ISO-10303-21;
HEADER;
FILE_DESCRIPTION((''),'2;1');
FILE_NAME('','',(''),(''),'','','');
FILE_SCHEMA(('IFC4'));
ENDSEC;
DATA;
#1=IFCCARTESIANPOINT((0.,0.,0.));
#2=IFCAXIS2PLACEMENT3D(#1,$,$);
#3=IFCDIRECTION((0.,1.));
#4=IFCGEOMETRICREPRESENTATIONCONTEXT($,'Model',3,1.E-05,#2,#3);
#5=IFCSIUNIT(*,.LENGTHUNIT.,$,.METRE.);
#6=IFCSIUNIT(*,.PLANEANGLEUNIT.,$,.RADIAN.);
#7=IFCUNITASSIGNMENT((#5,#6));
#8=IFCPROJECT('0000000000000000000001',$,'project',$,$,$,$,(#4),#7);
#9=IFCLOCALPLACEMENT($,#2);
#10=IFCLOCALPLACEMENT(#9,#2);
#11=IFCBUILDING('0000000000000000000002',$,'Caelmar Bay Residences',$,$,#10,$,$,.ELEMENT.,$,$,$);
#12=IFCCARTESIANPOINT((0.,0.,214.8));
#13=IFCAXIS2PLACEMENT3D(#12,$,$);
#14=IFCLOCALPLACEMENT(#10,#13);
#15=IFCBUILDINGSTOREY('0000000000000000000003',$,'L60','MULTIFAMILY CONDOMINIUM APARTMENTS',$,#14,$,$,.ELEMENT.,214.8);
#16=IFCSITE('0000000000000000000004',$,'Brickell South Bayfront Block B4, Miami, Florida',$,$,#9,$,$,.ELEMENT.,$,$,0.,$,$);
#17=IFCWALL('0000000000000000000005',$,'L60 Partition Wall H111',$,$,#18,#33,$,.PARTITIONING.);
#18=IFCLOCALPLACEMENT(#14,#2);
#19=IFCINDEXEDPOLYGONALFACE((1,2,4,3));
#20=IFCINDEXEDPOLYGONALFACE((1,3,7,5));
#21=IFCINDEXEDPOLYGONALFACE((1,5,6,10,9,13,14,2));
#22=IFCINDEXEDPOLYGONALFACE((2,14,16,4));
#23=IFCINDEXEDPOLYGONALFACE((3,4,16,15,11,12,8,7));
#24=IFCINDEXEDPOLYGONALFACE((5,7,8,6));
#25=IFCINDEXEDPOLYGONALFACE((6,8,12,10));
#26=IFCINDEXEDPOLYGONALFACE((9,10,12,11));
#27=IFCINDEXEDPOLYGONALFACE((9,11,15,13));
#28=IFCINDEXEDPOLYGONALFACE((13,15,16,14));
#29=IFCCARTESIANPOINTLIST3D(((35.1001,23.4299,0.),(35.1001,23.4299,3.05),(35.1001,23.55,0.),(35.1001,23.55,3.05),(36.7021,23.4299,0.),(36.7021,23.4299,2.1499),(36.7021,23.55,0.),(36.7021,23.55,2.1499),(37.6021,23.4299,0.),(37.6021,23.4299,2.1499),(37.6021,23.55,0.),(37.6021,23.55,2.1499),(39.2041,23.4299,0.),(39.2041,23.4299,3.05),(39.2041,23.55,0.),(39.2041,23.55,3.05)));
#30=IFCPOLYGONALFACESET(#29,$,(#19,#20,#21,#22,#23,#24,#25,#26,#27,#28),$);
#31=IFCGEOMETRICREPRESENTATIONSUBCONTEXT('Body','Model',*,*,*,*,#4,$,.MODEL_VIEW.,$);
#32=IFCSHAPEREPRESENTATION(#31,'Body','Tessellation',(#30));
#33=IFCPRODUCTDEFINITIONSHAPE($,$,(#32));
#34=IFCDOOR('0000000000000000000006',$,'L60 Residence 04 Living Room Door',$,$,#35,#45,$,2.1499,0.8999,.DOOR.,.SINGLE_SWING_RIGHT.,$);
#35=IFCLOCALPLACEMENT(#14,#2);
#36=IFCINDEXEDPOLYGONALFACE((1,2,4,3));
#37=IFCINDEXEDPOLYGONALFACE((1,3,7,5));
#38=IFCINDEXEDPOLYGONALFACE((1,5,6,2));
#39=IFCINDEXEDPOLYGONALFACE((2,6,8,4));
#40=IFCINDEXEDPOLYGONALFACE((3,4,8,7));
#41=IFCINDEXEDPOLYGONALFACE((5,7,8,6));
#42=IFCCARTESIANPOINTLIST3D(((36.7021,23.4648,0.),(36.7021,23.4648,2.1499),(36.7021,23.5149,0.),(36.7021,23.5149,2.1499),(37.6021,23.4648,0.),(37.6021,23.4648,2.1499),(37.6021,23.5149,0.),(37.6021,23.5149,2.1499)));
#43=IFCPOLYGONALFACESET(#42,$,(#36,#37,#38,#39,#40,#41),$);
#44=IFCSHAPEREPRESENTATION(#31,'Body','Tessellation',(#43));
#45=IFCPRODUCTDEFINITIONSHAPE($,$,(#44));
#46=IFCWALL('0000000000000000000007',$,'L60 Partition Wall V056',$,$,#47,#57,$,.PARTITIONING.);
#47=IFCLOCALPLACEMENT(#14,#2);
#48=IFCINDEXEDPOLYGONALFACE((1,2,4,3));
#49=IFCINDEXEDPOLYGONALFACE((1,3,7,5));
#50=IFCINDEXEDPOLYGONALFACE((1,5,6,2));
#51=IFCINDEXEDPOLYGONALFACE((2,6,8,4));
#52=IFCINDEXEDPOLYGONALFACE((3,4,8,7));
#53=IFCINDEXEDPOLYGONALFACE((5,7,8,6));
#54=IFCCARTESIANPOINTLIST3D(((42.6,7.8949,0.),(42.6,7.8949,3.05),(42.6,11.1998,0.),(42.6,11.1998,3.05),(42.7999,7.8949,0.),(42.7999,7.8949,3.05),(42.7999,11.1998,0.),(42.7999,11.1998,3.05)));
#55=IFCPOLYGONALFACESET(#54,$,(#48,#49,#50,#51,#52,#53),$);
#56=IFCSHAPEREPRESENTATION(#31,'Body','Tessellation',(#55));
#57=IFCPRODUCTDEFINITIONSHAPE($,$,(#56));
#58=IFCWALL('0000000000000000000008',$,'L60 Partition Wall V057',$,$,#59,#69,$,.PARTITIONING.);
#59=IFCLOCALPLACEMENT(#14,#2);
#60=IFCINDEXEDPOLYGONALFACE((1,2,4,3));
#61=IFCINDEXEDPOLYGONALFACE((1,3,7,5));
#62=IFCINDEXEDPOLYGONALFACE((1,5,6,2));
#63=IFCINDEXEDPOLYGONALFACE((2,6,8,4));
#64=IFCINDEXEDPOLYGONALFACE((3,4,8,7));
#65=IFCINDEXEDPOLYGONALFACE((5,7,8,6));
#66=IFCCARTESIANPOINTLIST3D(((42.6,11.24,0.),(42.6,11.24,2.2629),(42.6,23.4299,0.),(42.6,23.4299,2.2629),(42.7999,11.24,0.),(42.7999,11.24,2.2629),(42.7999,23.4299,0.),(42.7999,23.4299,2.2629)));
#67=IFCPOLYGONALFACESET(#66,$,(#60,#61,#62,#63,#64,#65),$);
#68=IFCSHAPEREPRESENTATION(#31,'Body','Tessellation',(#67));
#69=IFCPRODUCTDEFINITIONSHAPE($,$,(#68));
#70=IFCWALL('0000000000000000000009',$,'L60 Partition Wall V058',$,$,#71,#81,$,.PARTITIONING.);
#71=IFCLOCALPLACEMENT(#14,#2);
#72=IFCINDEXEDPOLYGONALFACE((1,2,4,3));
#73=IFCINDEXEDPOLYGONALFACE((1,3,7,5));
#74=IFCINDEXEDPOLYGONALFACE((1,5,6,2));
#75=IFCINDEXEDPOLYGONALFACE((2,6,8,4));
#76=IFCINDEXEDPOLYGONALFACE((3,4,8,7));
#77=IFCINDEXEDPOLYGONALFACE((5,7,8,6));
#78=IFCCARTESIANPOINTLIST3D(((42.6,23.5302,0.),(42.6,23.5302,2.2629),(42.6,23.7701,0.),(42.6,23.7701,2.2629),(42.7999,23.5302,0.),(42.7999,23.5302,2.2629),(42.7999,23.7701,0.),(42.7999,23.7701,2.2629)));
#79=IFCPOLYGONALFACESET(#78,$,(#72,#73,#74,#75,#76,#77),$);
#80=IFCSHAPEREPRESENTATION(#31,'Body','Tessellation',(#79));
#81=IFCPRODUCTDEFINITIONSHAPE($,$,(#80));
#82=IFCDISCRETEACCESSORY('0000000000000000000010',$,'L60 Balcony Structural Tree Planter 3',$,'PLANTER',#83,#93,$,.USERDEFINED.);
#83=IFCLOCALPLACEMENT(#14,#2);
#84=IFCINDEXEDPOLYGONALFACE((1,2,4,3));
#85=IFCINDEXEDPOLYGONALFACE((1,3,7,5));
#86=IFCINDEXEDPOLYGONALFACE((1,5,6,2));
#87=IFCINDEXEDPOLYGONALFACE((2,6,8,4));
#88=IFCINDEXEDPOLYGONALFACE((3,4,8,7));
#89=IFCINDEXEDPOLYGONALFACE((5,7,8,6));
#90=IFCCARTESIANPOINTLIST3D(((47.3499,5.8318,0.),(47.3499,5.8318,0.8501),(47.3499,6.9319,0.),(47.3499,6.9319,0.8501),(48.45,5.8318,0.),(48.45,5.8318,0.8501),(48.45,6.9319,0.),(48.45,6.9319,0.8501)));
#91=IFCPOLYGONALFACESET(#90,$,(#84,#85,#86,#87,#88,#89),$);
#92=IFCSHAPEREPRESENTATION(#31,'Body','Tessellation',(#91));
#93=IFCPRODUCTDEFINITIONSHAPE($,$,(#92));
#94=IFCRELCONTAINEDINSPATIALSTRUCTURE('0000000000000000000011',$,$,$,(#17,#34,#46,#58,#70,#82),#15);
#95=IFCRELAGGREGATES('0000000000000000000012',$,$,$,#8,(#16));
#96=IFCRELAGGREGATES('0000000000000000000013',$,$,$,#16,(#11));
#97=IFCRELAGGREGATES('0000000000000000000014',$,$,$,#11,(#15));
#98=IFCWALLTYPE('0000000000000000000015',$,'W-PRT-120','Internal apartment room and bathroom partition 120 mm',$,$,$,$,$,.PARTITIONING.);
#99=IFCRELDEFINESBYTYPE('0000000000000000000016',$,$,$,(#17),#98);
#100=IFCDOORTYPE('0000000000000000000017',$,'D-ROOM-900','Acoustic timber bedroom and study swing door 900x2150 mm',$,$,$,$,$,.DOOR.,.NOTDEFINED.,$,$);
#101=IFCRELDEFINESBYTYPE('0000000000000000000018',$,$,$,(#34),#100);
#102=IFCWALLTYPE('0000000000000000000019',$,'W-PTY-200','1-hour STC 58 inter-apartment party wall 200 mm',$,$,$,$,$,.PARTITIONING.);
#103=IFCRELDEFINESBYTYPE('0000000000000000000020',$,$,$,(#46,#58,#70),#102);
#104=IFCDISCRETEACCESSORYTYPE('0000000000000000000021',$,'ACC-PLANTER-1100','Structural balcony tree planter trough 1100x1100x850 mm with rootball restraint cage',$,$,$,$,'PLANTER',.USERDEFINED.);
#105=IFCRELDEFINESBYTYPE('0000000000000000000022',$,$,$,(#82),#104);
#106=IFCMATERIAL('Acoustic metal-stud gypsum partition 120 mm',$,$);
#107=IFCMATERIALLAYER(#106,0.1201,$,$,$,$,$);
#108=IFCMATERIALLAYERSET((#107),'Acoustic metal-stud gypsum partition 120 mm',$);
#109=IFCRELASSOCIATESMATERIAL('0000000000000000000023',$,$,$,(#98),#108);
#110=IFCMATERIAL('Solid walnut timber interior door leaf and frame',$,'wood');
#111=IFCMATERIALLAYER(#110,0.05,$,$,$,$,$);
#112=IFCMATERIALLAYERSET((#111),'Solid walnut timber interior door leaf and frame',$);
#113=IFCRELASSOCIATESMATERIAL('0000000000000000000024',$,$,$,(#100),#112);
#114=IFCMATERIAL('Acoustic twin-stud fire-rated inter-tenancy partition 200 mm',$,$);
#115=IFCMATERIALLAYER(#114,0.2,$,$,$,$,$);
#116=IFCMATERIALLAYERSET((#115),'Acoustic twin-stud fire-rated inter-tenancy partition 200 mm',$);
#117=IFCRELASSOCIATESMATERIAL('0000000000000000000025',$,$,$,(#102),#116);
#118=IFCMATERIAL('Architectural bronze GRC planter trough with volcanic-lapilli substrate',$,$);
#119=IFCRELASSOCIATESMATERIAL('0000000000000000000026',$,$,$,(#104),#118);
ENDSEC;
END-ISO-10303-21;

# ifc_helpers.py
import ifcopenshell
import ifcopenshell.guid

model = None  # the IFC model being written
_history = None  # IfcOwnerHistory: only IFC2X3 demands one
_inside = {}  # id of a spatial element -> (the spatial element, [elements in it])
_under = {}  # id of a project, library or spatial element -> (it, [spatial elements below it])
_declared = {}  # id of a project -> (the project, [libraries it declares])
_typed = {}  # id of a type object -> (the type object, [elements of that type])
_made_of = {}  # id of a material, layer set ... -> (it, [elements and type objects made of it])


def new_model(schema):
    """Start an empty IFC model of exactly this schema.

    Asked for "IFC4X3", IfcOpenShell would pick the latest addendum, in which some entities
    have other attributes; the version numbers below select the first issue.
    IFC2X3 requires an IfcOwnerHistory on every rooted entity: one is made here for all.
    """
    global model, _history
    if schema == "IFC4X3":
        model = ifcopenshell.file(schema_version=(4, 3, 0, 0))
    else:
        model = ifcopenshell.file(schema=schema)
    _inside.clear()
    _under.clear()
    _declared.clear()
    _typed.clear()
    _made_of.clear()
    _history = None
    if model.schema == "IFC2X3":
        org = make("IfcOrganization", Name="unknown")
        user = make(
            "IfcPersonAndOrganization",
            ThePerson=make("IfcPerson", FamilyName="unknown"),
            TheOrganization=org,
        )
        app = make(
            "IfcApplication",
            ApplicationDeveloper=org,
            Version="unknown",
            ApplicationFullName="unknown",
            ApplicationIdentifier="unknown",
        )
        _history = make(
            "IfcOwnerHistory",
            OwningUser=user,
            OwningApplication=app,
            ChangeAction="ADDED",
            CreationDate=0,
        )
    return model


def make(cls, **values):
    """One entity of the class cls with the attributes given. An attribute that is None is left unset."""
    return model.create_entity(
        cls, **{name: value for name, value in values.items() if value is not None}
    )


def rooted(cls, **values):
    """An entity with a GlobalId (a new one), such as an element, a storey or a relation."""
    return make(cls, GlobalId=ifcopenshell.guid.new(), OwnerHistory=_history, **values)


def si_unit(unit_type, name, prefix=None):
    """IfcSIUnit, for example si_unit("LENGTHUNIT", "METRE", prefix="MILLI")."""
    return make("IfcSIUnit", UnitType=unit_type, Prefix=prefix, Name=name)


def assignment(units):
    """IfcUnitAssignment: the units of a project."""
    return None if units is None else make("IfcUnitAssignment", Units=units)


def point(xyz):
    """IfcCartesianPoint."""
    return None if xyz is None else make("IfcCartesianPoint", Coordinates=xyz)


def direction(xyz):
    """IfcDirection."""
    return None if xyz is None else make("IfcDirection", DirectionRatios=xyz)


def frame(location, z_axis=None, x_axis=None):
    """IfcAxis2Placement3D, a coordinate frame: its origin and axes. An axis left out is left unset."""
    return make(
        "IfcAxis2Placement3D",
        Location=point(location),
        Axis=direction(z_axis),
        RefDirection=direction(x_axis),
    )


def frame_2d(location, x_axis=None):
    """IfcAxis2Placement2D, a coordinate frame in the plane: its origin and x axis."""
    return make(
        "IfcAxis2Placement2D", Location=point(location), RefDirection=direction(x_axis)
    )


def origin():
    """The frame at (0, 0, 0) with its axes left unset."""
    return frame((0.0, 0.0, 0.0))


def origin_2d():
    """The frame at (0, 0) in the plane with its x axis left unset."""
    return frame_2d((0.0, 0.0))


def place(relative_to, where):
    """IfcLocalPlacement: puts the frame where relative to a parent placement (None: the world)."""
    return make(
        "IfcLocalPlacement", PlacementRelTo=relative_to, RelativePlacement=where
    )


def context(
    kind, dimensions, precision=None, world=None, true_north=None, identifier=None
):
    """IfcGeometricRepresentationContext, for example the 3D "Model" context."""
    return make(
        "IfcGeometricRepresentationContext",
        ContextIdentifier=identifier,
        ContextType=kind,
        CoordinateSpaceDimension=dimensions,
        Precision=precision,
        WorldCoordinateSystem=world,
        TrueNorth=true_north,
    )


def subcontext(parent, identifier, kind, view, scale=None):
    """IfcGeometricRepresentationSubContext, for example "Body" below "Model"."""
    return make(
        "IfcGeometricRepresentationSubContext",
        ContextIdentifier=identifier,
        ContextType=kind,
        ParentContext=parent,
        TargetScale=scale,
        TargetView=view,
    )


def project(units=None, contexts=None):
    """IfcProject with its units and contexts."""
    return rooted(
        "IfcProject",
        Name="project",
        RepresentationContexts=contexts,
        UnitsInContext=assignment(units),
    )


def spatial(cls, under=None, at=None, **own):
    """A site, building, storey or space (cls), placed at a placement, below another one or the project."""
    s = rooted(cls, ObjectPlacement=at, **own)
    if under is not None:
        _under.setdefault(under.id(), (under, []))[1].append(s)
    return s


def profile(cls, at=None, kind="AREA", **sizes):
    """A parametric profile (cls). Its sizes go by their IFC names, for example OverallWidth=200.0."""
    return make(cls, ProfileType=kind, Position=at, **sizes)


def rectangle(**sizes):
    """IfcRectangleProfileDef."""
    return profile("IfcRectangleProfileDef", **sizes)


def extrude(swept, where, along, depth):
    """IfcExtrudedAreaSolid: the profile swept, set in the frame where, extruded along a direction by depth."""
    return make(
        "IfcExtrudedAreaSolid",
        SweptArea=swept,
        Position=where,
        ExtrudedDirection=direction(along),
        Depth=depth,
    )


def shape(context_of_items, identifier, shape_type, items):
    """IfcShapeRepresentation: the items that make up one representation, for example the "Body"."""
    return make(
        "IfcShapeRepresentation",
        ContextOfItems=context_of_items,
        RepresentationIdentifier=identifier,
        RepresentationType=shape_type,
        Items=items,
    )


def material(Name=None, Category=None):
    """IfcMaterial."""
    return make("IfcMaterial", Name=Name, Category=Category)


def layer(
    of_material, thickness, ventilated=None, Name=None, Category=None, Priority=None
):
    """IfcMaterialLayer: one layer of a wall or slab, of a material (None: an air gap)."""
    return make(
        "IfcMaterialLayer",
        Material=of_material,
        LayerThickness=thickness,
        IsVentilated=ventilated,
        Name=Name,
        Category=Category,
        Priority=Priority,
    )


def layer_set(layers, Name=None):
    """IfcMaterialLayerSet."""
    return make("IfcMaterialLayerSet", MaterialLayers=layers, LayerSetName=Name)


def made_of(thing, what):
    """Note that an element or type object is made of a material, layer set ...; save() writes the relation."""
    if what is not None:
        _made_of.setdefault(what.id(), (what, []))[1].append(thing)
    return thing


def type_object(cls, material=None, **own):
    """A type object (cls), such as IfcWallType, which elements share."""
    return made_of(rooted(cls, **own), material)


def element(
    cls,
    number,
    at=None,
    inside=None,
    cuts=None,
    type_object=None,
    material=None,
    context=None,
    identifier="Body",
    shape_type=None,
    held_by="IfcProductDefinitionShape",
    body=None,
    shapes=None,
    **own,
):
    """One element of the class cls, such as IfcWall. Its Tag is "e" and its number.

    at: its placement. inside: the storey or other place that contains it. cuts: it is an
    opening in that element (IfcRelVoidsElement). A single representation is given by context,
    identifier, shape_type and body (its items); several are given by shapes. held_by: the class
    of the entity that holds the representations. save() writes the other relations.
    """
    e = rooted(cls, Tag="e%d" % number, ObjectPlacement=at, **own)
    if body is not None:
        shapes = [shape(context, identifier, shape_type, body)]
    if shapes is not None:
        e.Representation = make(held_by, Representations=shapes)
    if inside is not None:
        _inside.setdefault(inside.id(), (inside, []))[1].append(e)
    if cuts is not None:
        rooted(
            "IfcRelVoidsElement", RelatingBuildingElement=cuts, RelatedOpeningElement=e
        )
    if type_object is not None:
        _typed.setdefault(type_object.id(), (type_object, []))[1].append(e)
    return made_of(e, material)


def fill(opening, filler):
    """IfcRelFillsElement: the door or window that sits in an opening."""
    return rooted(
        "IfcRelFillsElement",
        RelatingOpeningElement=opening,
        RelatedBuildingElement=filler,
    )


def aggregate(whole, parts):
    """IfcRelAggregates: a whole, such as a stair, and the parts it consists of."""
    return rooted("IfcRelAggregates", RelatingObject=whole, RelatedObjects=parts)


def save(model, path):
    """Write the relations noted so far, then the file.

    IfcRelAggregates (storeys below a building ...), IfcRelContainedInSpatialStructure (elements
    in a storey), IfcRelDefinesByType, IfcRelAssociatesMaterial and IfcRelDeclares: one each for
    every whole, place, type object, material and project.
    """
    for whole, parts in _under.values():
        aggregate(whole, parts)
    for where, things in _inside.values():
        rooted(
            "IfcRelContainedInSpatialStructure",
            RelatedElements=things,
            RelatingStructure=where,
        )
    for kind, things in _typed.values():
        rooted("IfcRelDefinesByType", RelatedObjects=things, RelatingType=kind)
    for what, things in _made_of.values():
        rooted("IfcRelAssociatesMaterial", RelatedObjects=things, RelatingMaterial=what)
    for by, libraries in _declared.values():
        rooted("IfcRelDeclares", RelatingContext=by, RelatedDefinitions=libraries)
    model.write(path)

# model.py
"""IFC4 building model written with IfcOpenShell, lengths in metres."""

from ifc_helpers import new_model, si_unit, direction, frame, frame_2d, origin, origin_2d, place, context, subcontext, project, spatial, rectangle, extrude, material, layer, layer_set, type_object, element, fill, save


model = new_model("IFC4")

# Units and contexts
model_context = context("Model", 3, precision=1e-05, world=origin(), true_north=direction((0.0, 1.0)))
body_context = subcontext(model_context, "Body", "Model", "MODEL_VIEW")
ifc_project = project(units=[si_unit("LENGTHUNIT", "METRE"), si_unit("PLANEANGLEUNIT", "RADIAN")], contexts=[model_context])

# Site, building, storey
site_placement = place(None, origin())
site = spatial("IfcSite", under=ifc_project, at=site_placement, Name="Brickell South Bayfront Block B4, Miami, Florida", CompositionType="ELEMENT", RefElevation=0.0)
building_placement = place(site_placement, origin())
building = spatial("IfcBuilding", under=site, at=building_placement, Name="Caelmar Bay Residences", CompositionType="ELEMENT")
storey_placement = place(building_placement, frame((0.0, 0.0, 214.8)))
storey = spatial("IfcBuildingStorey", under=building, at=storey_placement, Name="L60", Description="MULTIFAMILY CONDOMINIUM APARTMENTS", CompositionType="ELEMENT", Elevation=214.8)

# Shared definitions
ifc_material_1 = material(Name="Acoustic metal-stud gypsum partition 120 mm")
ifc_layer_1 = layer(ifc_material_1, 0.1201)
ifc_layer_set_1 = layer_set([ifc_layer_1], Name="Acoustic metal-stud gypsum partition 120 mm")
wall_type_1 = type_object("IfcWallType", Name="W-PRT-120", Description="Internal apartment room and bathroom partition 120 mm", PredefinedType="PARTITIONING", material=ifc_layer_set_1)

# Wall, opening, door
ifc_material_2 = material(Name="Solid walnut timber interior door leaf and frame", Category="wood")
ifc_layer_2 = layer(ifc_material_2, 0.05)
ifc_layer_set_2 = layer_set([ifc_layer_2], Name="Solid walnut timber interior door leaf and frame")
door_type = type_object("IfcDoorType", Name="D-ROOM-900", Description="Acoustic timber bedroom and study swing door 900x2150 mm", OperationType="NOTDEFINED", PredefinedType="DOOR", material=ifc_layer_set_2)
wall_1_placement = place(storey_placement, frame((35.1001, 23.49, 0.0), z_axis=(0.0, 0.0, 1.0), x_axis=(1.0, 0.0, 0.0)))
wall_1 = element("IfcWall", 1, at=wall_1_placement, inside=storey, type_object=wall_type_1, Name="L60 Partition Wall H111", PredefinedType="PARTITIONING", context=body_context, shape_type="SweptSolid", body=[
    extrude(rectangle(XDim=4.104, YDim=0.1201, at=frame_2d((2.052, 0.0))), origin(), (0.0, 0.0, 1.0), 3.05),
])
opening_1_placement = place(wall_1_placement, frame((1.6021, 0.0, 0.0)))
opening_1 = element("IfcOpeningElement", 2, at=opening_1_placement, cuts=wall_1, PredefinedType="OPENING", context=body_context, shape_type="SweptSolid", body=[
    extrude(rectangle(XDim=0.8999, YDim=2.1499, at=frame_2d((0.45, 1.075))), frame((0.0, 0.0701, 0.0), z_axis=(0.0, -1.0, 0.0), x_axis=(1.0, 0.0, 0.0)), (0.0, 0.0, 1.0), 0.1401),
])
door_1_placement = place(opening_1_placement, origin())
door_1 = element("IfcDoor", 3, at=door_1_placement, inside=storey, type_object=door_type, Name="L60 Residence 04 Living Room Door", OperationType="SINGLE_SWING_RIGHT", OverallHeight=2.1499, OverallWidth=0.8999, PredefinedType="DOOR", context=body_context, shape_type="SweptSolid", body=[
    extrude(rectangle(XDim=0.8999, YDim=2.1499, at=frame_2d((0.45, 1.075))), frame((0.0, 0.0249, 0.0), z_axis=(0.0, -1.0, 0.0), x_axis=(1.0, 0.0, 0.0)), (0.0, 0.0, 1.0), 0.05),
])
fill(opening_1, door_1)

# Walls
ifc_material_3 = material(Name="Acoustic twin-stud fire-rated inter-tenancy partition 200 mm")
ifc_layer_3 = layer(ifc_material_3, 0.2)
ifc_layer_set_3 = layer_set([ifc_layer_3], Name="Acoustic twin-stud fire-rated inter-tenancy partition 200 mm")
wall_type_2 = type_object("IfcWallType", Name="W-PTY-200", Description="1-hour STC 58 inter-apartment party wall 200 mm", PredefinedType="PARTITIONING", material=ifc_layer_set_3)
wall_2_placement = place(storey_placement, frame((42.7, 7.895, 0.0), z_axis=(0.0, 0.0, 1.0), x_axis=(0.0, 1.0, 0.0)))
element("IfcWall", 4, at=wall_2_placement, inside=storey, type_object=wall_type_2, Name="L60 Partition Wall V056", PredefinedType="PARTITIONING", context=body_context, shape_type="SweptSolid", body=[
    extrude(rectangle(XDim=3.3049, YDim=0.2, at=frame_2d((1.6523, 0.0))), origin(), (0.0, 0.0, 1.0), 3.05),
])
wall_3_placement = place(storey_placement, frame((42.7, 11.24, 0.0), z_axis=(0.0, 0.0, 1.0), x_axis=(0.0, 1.0, 0.0)))
element("IfcWall", 5, at=wall_3_placement, inside=storey, type_object=wall_type_2, Name="L60 Partition Wall V057", PredefinedType="PARTITIONING", context=body_context, shape_type="SweptSolid", body=[
    extrude(rectangle(XDim=12.1899, YDim=0.2, at=frame_2d((6.095, 0.0))), origin(), (0.0, 0.0, 1.0), 2.2629),
])
wall_4_placement = place(storey_placement, frame((42.7, 23.53, 0.0), z_axis=(0.0, 0.0, 1.0), x_axis=(0.0, 1.0, 0.0)))
element("IfcWall", 6, at=wall_4_placement, inside=storey, type_object=wall_type_2, Name="L60 Partition Wall V058", PredefinedType="PARTITIONING", context=body_context, shape_type="SweptSolid", body=[
    extrude(rectangle(XDim=0.24, YDim=0.2, at=frame_2d((0.1201, 0.0))), origin(), (0.0, 0.0, 1.0), 2.2629),
])

# Discrete accessory
ifc_material_4 = material(Name="Architectural bronze GRC planter trough with volcanic-lapilli substrate")
discrete_accessory_type = type_object("IfcDiscreteAccessoryType", Name="ACC-PLANTER-1100", Description="Structural balcony tree planter trough 1100x1100x850 mm with rootball restraint cage", ElementType="PLANTER", PredefinedType="USERDEFINED", material=ifc_material_4)
discrete_accessory_placement = place(storey_placement, frame((47.8999, 6.3818, 0.0), z_axis=(0.0, 0.0, 1.0), x_axis=(1.0, 0.0, 0.0)))
element("IfcDiscreteAccessory", 7, at=discrete_accessory_placement, inside=storey, type_object=discrete_accessory_type, Name="L60 Balcony Structural Tree Planter 3", ObjectType="PLANTER", PredefinedType="USERDEFINED", context=body_context, shape_type="SweptSolid", body=[
    extrude(rectangle(XDim=1.1001, YDim=1.1001, at=origin_2d()), origin(), (0.0, 0.0, 1.0), 0.8501),
])

save(model, "model.ifc")
